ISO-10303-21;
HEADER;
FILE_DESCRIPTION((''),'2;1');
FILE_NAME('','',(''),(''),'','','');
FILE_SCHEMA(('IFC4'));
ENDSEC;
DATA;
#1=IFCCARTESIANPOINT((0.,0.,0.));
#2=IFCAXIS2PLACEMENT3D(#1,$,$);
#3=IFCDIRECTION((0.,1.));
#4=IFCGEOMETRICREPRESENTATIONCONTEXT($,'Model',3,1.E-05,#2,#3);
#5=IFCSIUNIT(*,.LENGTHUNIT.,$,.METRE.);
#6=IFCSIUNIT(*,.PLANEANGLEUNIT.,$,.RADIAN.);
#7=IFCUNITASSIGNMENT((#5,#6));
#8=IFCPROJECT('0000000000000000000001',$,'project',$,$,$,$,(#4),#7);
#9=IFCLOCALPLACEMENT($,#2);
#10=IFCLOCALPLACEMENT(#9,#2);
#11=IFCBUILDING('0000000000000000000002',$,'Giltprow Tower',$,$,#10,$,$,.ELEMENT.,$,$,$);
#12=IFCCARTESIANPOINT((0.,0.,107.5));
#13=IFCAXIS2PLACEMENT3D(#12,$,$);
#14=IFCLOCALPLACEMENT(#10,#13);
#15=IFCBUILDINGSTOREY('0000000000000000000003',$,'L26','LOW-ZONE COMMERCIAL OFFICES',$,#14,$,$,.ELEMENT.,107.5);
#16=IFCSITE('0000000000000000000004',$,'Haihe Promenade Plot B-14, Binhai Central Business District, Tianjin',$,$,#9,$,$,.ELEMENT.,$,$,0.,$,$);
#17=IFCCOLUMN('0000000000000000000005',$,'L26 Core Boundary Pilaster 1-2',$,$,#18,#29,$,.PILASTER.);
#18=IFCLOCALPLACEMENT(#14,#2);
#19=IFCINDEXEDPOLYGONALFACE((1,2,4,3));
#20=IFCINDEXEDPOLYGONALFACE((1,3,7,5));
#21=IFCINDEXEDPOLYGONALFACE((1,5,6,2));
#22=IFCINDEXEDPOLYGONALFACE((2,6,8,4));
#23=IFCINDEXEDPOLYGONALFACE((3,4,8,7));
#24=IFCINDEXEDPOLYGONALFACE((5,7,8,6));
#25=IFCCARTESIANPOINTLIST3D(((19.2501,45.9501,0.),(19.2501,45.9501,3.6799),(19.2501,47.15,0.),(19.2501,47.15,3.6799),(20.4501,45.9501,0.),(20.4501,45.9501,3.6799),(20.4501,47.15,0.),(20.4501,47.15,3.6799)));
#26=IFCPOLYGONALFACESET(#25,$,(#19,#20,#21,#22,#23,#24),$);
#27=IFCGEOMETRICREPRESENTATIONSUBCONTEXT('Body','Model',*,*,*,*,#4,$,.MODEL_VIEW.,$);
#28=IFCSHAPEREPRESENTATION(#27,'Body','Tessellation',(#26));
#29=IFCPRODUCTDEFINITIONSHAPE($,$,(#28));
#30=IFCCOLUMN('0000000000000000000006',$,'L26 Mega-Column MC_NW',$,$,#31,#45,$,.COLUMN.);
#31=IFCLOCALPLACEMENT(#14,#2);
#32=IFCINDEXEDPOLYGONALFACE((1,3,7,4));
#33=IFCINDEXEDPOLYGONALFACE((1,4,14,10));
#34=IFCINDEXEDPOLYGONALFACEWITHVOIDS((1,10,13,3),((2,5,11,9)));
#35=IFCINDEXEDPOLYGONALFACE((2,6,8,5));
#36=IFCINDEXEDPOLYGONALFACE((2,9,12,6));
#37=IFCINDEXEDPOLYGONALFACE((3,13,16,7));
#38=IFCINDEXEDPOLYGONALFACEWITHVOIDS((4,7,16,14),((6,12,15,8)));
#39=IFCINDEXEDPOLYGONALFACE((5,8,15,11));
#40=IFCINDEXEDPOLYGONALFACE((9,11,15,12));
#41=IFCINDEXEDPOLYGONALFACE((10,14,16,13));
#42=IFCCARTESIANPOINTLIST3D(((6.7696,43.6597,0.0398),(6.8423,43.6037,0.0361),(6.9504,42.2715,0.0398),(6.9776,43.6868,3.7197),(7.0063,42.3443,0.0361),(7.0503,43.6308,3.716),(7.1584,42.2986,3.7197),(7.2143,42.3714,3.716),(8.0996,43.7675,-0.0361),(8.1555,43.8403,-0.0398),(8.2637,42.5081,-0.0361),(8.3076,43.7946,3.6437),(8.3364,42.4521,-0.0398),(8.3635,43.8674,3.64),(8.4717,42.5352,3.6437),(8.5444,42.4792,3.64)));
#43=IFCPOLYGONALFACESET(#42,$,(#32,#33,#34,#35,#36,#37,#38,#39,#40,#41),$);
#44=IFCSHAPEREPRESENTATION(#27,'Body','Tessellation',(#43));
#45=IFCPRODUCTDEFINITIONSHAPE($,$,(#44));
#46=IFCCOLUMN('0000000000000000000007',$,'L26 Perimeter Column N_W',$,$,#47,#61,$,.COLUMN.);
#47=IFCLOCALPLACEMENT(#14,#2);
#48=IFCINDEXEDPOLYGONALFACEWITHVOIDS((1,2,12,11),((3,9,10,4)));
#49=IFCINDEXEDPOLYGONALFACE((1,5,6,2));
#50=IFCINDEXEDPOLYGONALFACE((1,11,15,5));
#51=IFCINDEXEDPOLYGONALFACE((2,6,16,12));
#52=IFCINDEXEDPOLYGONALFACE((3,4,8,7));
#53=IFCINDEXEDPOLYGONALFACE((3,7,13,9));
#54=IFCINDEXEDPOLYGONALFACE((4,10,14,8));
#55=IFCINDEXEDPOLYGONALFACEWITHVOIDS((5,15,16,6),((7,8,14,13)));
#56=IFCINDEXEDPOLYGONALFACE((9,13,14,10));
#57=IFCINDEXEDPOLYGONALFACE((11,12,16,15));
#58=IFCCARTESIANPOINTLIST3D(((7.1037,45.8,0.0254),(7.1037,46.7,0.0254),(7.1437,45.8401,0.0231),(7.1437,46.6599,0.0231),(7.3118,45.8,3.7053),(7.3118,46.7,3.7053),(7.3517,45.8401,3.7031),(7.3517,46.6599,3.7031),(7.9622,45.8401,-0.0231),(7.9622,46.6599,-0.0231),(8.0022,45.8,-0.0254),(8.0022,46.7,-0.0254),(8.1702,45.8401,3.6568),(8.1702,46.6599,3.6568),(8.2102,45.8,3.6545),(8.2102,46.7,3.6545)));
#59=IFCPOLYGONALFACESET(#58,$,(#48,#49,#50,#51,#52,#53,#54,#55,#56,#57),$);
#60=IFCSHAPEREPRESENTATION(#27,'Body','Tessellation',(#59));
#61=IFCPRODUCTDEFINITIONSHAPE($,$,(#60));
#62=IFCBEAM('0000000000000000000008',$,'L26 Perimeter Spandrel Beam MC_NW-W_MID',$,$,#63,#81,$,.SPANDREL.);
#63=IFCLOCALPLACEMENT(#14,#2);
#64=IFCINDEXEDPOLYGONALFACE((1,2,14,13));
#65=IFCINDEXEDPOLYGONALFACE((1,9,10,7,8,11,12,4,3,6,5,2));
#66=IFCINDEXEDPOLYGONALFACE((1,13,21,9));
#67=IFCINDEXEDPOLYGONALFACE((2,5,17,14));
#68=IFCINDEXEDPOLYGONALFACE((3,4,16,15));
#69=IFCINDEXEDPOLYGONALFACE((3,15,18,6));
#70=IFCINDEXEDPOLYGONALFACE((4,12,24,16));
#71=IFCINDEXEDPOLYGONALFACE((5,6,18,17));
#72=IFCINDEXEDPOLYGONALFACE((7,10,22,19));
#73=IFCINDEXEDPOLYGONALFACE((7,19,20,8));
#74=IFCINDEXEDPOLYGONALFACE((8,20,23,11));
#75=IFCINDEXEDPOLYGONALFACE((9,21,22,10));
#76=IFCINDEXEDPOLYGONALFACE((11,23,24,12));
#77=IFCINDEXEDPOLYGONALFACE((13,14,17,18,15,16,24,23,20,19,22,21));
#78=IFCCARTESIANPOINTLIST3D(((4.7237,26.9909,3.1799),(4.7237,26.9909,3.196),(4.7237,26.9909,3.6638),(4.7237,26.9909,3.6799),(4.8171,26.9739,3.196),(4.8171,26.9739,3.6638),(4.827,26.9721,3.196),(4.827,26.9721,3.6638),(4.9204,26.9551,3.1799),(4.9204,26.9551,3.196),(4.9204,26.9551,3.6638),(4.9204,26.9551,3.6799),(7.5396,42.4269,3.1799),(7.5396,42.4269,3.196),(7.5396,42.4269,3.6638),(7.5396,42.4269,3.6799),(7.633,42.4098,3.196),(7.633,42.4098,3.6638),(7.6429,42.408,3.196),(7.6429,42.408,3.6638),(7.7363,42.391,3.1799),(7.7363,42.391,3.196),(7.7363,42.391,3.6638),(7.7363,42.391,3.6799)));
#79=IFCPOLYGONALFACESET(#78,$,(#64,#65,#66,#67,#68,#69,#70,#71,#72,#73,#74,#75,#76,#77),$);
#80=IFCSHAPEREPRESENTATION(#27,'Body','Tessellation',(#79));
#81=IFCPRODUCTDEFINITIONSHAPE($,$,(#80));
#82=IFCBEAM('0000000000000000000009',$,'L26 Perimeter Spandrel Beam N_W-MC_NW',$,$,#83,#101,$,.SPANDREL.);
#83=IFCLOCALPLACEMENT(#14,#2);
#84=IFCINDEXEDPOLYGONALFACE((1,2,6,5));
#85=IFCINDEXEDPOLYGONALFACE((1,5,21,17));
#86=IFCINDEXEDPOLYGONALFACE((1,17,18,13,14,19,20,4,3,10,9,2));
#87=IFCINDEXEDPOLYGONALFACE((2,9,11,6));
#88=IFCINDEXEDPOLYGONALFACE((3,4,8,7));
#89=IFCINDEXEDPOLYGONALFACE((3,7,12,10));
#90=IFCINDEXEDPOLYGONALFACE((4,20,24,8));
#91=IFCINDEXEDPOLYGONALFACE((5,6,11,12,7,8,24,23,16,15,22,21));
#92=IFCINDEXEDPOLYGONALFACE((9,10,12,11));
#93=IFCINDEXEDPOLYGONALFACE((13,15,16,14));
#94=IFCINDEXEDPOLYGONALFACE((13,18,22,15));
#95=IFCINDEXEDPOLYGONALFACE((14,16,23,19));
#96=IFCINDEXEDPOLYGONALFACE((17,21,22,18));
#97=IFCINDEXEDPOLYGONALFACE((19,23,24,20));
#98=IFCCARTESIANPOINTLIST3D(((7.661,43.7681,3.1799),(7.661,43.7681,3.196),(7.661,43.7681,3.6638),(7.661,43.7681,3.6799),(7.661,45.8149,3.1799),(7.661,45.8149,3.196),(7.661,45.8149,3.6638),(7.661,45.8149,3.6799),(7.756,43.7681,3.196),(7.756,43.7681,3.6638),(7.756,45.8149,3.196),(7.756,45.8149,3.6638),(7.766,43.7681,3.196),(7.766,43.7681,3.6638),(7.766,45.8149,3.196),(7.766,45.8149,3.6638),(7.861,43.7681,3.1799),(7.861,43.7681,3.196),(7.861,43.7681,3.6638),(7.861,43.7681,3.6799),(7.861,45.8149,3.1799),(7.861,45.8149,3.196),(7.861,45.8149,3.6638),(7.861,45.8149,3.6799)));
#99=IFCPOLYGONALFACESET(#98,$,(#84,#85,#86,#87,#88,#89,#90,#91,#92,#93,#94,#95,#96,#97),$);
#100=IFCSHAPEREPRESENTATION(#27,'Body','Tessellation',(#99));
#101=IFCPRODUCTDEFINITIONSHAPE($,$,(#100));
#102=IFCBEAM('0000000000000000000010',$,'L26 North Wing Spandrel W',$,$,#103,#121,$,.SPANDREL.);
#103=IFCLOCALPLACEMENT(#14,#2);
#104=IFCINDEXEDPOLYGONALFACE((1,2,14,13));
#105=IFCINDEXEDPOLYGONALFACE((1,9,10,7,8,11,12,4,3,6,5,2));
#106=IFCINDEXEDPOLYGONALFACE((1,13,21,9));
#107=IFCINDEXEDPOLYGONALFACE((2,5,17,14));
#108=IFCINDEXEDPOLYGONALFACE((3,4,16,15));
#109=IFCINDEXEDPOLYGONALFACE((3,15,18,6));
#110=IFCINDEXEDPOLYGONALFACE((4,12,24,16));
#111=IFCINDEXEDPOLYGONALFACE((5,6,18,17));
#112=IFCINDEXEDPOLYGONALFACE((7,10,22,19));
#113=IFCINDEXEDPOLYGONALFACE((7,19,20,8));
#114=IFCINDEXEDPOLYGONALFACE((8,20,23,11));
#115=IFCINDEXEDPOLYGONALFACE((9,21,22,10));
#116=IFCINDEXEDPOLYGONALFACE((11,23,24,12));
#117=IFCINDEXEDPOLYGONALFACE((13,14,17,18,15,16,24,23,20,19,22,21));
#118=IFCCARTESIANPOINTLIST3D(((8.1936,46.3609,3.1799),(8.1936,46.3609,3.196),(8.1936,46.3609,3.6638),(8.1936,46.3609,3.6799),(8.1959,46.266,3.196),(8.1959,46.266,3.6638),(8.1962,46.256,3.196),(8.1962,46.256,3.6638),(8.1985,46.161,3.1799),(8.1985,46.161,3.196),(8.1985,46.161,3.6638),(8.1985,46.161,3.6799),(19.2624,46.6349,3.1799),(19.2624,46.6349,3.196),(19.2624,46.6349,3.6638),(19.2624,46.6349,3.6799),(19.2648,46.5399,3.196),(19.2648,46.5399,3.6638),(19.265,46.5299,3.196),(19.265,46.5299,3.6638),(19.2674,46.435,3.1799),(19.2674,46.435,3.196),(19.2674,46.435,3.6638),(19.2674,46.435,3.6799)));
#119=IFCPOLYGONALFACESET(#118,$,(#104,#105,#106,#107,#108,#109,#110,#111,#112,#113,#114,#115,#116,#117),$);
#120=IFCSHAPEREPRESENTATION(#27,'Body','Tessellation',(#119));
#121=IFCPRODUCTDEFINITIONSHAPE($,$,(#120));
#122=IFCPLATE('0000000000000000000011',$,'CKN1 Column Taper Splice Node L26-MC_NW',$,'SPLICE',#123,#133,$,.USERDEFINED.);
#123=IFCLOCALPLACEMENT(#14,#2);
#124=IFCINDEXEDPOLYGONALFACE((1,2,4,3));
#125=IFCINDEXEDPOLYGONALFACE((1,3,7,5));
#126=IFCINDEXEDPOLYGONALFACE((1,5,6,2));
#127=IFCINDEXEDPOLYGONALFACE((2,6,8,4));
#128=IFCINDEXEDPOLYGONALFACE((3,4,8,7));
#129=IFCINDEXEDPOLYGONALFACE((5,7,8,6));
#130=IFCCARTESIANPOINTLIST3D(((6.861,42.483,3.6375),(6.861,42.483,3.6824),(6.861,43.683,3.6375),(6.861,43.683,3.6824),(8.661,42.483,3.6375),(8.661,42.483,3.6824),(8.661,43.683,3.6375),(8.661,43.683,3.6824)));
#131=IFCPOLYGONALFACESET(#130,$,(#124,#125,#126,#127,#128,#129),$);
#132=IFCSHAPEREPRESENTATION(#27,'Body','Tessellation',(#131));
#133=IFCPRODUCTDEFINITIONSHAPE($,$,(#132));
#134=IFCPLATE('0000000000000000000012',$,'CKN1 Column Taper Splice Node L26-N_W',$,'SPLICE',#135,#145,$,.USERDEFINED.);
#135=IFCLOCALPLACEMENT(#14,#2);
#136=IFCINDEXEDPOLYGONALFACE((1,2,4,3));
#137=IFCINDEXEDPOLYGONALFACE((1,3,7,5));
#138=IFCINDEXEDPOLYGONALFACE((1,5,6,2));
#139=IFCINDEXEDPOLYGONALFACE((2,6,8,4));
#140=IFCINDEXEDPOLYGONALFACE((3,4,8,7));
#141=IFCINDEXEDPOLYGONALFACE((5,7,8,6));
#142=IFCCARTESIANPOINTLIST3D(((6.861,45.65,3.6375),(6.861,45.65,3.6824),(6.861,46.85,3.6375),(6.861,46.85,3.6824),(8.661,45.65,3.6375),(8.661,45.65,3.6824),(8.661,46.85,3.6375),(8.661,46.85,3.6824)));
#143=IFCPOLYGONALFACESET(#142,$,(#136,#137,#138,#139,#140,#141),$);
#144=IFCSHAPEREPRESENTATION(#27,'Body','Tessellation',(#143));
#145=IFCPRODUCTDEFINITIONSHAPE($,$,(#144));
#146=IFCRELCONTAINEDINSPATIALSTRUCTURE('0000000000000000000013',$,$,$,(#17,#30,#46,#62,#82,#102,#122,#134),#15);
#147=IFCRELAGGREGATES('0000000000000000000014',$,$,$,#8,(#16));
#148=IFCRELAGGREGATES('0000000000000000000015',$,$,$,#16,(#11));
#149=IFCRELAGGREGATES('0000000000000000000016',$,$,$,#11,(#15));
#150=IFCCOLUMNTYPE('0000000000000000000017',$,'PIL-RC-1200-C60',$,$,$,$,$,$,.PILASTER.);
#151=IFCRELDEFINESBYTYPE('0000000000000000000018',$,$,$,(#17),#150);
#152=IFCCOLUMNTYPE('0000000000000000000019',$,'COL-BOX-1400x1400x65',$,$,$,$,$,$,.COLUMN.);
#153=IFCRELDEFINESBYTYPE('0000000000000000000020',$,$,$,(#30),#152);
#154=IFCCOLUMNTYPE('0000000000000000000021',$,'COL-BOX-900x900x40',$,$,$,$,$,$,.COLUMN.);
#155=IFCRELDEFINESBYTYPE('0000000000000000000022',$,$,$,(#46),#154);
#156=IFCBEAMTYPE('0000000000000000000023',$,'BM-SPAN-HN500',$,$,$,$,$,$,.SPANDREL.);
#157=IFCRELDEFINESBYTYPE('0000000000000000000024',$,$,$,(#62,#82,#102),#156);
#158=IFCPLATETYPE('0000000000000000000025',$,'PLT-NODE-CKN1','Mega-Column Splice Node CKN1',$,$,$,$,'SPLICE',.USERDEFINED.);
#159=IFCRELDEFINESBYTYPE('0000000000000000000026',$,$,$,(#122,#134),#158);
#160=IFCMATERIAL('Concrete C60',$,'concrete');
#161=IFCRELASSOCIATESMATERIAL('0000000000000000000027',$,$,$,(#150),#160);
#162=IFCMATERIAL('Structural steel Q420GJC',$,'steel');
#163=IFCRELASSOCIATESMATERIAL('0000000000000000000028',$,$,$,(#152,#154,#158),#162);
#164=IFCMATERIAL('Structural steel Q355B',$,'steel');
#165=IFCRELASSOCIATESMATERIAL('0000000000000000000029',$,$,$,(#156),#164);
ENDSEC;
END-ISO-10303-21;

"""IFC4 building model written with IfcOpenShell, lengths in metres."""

from ifc_helpers import new_model, si_unit, direction, frame, origin, origin_2d, place, context, subcontext, project, spatial, rectangle, hollow_rectangle, i_section, extrude, source, transform, mapped, material, material_profile, profile_set, type_object, element, save


model = new_model("IFC4")

# Units and contexts
model_context = context("Model", 3, precision=1e-05, world=origin(), true_north=direction((0.0, 1.0)))
body_context = subcontext(model_context, "Body", "Model", "MODEL_VIEW")
ifc_project = project(units=[si_unit("LENGTHUNIT", "METRE"), si_unit("PLANEANGLEUNIT", "RADIAN")], contexts=[model_context])

# Site, building, storey
site_placement = place(None, origin())
site = spatial("IfcSite", under=ifc_project, at=site_placement, Name="Haihe Promenade Plot B-14, Binhai Central Business District, Tianjin", CompositionType="ELEMENT", RefElevation=0.0)
building_placement = place(site_placement, origin())
building = spatial("IfcBuilding", under=site, at=building_placement, Name="Giltprow Tower", CompositionType="ELEMENT")
storey_placement = place(building_placement, frame((0.0, 0.0, 107.5)))
storey = spatial("IfcBuildingStorey", under=building, at=storey_placement, Name="L26", Description="LOW-ZONE COMMERCIAL OFFICES", CompositionType="ELEMENT", Elevation=107.5)

# Columns
ifc_material_1 = material(Name="Concrete C60", Category="concrete")
ifc_material_profile_1 = material_profile(ifc_material_1, rectangle(XDim=1.2, YDim=1.2, at=origin_2d()), Name="RC 1200x1200")
ifc_profile_set_1 = profile_set([ifc_material_profile_1], Name="Concrete C60")
column_type_1 = type_object("IfcColumnType", Name="PIL-RC-1200-C60", PredefinedType="PILASTER", material=ifc_profile_set_1)
shared_shape_1 = source(origin(), body_context, "Body", "SweptSolid", [
    extrude(rectangle(XDim=1.2, YDim=1.2, at=origin_2d()), origin(), (0.0, 0.0, 1.0), 3.6799),
])
column_1_placement = place(storey_placement, frame((19.8501, 46.55, 0.0), z_axis=(0.0, 0.0, 1.0), x_axis=(1.0, 0.0, 0.0)))
element("IfcColumn", 1, at=column_1_placement, inside=storey, type_object=column_type_1, Name="L26 Core Boundary Pilaster 1-2", PredefinedType="PILASTER", context=body_context, shape_type="MappedRepresentation", body=[
    mapped(shared_shape_1, transform((0.0, 0.0, 0.0), x_axis=(1.0, 0.0, 0.0), y_axis=(0.0, 1.0, 0.0), z_axis=(0.0, 0.0, 1.0), scale=1.0)),
])
ifc_material_2 = material(Name="Structural steel Q420GJC", Category="steel")
ifc_material_profile_2 = material_profile(ifc_material_2, hollow_rectangle(XDim=1.3999, YDim=1.3999, WallThickness=0.0649, at=origin_2d()), Name="BOX 1400x1400x65")
ifc_profile_set_2 = profile_set([ifc_material_profile_2], Name="Structural steel Q420GJC")
column_type_2 = type_object("IfcColumnType", Name="COL-BOX-1400x1400x65", PredefinedType="COLUMN", material=ifc_profile_set_2)
shared_shape_2 = source(origin(), body_context, "Body", "SweptSolid", [
    extrude(hollow_rectangle(XDim=1.3999, YDim=1.3999, WallThickness=0.0649, at=origin_2d()), origin(), (0.0, 0.0, 1.0), 3.6858),
])
column_2_placement = place(storey_placement, frame((7.553, 43.0559, 0.0), z_axis=(0.056433, 0.007352, 0.998379), x_axis=(-0.12919, 0.99162, 0.0)))
element("IfcColumn", 2, at=column_2_placement, inside=storey, type_object=column_type_2, Name="L26 Mega-Column MC_NW", PredefinedType="COLUMN", context=body_context, shape_type="MappedRepresentation", body=[
    mapped(shared_shape_2, transform((0.0, 0.0, 0.0), x_axis=(1.0, 0.0, 0.0), y_axis=(0.0, 1.0, 0.0), z_axis=(0.0, 0.0, 1.0), scale=1.0)),
])
ifc_material_profile_3 = material_profile(ifc_material_2, hollow_rectangle(XDim=0.8999, YDim=0.8999, WallThickness=0.04, at=origin_2d()), Name="BOX 900x900x40")
ifc_profile_set_3 = profile_set([ifc_material_profile_3], Name="Structural steel Q420GJC")
column_type_3 = type_object("IfcColumnType", Name="COL-BOX-900x900x40", PredefinedType="COLUMN", material=ifc_profile_set_3)
shared_shape_3 = source(origin(), body_context, "Body", "SweptSolid", [
    extrude(hollow_rectangle(XDim=0.8999, YDim=0.8999, WallThickness=0.04, at=origin_2d()), origin(), (0.0, 0.0, 1.0), 3.6858),
])
column_3_placement = place(storey_placement, frame((7.553, 46.25, 0.0), z_axis=(0.056435, 0.0, 0.998406), x_axis=(0.0, 1.0, 0.0)))
element("IfcColumn", 3, at=column_3_placement, inside=storey, type_object=column_type_3, Name="L26 Perimeter Column N_W", PredefinedType="COLUMN", context=body_context, shape_type="MappedRepresentation", body=[
    mapped(shared_shape_3, transform((0.0, 0.0, 0.0), x_axis=(1.0, 0.0, 0.0), y_axis=(0.0, 1.0, 0.0), z_axis=(0.0, 0.0, 1.0), scale=1.0)),
])

# Beams
ifc_material_3 = material(Name="Structural steel Q355B", Category="steel")
ifc_material_profile_4 = material_profile(ifc_material_3, i_section(OverallWidth=0.2, OverallDepth=0.5, WebThickness=0.01, FlangeThickness=0.0161, at=origin_2d()), Name="HN 500x200x10x16")
ifc_profile_set_4 = profile_set([ifc_material_profile_4], Name="Structural steel Q355B")
beam_type = type_object("IfcBeamType", Name="BM-SPAN-HN500", PredefinedType="SPANDREL", material=ifc_profile_set_4)
shared_shape_4 = source(origin(), body_context, "Body", "SweptSolid", [
    extrude(i_section(OverallWidth=0.2, OverallDepth=0.5, WebThickness=0.01, FlangeThickness=0.0161, at=origin_2d()), origin(), (0.0, 0.0, 1.0), 15.6907),
])
beam_1_placement = place(storey_placement, frame((7.6379, 42.4089, 3.4299), z_axis=(-0.179463, -0.983765, 0.0), x_axis=(0.983765, -0.179463, 0.0)))
element("IfcBeam", 4, at=beam_1_placement, inside=storey, type_object=beam_type, Name="L26 Perimeter Spandrel Beam MC_NW-W_MID", PredefinedType="SPANDREL", context=body_context, shape_type="MappedRepresentation", body=[
    mapped(shared_shape_4, transform((0.0, 0.0, 0.0), x_axis=(1.0, 0.0, 0.0), y_axis=(0.0, 1.0, 0.0), z_axis=(0.0, 0.0, 1.0), scale=1.0)),
])
shared_shape_5 = source(origin(), body_context, "Body", "SweptSolid", [
    extrude(i_section(OverallWidth=0.2, OverallDepth=0.5, WebThickness=0.01, FlangeThickness=0.0161, at=origin_2d()), origin(), (0.0, 0.0, 1.0), 2.0469),
])
beam_2_placement = place(storey_placement, frame((7.761, 45.8149, 3.4299), z_axis=(0.0, -1.0, 0.0), x_axis=(1.0, 0.0, 0.0)))
element("IfcBeam", 5, at=beam_2_placement, inside=storey, type_object=beam_type, Name="L26 Perimeter Spandrel Beam N_W-MC_NW", PredefinedType="SPANDREL", context=body_context, shape_type="MappedRepresentation", body=[
    mapped(shared_shape_5, transform((0.0, 0.0, 0.0), x_axis=(1.0, 0.0, 0.0), y_axis=(0.0, 1.0, 0.0), z_axis=(0.0, 0.0, 1.0), scale=1.0)),
])
shared_shape_6 = source(origin(), body_context, "Body", "SweptSolid", [
    extrude(i_section(OverallWidth=0.2, OverallDepth=0.5, WebThickness=0.01, FlangeThickness=0.0161, at=origin_2d()), origin(), (0.0, 0.0, 1.0), 11.0723),
])
beam_3_placement = place(storey_placement, frame((8.196, 46.261, 3.4299), z_axis=(0.999694, 0.02474, 0.0), x_axis=(-0.02474, 0.999694, 0.0)))
element("IfcBeam", 6, at=beam_3_placement, inside=storey, type_object=beam_type, Name="L26 North Wing Spandrel W", PredefinedType="SPANDREL", context=body_context, shape_type="MappedRepresentation", body=[
    mapped(shared_shape_6, transform((0.0, 0.0, 0.0), x_axis=(1.0, 0.0, 0.0), y_axis=(0.0, 1.0, 0.0), z_axis=(0.0, 0.0, 1.0), scale=1.0)),
])

# Plates
plate_type = type_object("IfcPlateType", Name="PLT-NODE-CKN1", Description="Mega-Column Splice Node CKN1", ElementType="SPLICE", PredefinedType="USERDEFINED", material=ifc_material_2)
shared_shape_7 = source(origin(), body_context, "Body", "SweptSolid", [
    extrude(rectangle(XDim=1.8, YDim=1.2, at=origin_2d()), origin(), (0.0, 0.0, 1.0), 0.0449),
])
for number, where, z_axis, x_axis, name in (
    (7, (7.761, 43.083, 3.6375), (0.0, 0.0, 1.0), (1.0, 0.0, 0.0), "CKN1 Column Taper Splice Node L26-MC_NW"),
    (8, (7.761, 46.25, 3.6375), (0.0, 0.0, 1.0), (1.0, 0.0, 0.0), "CKN1 Column Taper Splice Node L26-N_W"),
):
    element("IfcPlate", number, at=place(storey_placement, frame(where, z_axis=z_axis, x_axis=x_axis)), inside=storey, type_object=plate_type, Name=name, ObjectType="SPLICE", PredefinedType="USERDEFINED", context=body_context, shape_type="MappedRepresentation", body=[
        mapped(shared_shape_7, transform((0.0, 0.0, 0.0), x_axis=(1.0, 0.0, 0.0), y_axis=(0.0, 1.0, 0.0), z_axis=(0.0, 0.0, 1.0), scale=1.0)),
    ])

save(model, "model.ifc")
